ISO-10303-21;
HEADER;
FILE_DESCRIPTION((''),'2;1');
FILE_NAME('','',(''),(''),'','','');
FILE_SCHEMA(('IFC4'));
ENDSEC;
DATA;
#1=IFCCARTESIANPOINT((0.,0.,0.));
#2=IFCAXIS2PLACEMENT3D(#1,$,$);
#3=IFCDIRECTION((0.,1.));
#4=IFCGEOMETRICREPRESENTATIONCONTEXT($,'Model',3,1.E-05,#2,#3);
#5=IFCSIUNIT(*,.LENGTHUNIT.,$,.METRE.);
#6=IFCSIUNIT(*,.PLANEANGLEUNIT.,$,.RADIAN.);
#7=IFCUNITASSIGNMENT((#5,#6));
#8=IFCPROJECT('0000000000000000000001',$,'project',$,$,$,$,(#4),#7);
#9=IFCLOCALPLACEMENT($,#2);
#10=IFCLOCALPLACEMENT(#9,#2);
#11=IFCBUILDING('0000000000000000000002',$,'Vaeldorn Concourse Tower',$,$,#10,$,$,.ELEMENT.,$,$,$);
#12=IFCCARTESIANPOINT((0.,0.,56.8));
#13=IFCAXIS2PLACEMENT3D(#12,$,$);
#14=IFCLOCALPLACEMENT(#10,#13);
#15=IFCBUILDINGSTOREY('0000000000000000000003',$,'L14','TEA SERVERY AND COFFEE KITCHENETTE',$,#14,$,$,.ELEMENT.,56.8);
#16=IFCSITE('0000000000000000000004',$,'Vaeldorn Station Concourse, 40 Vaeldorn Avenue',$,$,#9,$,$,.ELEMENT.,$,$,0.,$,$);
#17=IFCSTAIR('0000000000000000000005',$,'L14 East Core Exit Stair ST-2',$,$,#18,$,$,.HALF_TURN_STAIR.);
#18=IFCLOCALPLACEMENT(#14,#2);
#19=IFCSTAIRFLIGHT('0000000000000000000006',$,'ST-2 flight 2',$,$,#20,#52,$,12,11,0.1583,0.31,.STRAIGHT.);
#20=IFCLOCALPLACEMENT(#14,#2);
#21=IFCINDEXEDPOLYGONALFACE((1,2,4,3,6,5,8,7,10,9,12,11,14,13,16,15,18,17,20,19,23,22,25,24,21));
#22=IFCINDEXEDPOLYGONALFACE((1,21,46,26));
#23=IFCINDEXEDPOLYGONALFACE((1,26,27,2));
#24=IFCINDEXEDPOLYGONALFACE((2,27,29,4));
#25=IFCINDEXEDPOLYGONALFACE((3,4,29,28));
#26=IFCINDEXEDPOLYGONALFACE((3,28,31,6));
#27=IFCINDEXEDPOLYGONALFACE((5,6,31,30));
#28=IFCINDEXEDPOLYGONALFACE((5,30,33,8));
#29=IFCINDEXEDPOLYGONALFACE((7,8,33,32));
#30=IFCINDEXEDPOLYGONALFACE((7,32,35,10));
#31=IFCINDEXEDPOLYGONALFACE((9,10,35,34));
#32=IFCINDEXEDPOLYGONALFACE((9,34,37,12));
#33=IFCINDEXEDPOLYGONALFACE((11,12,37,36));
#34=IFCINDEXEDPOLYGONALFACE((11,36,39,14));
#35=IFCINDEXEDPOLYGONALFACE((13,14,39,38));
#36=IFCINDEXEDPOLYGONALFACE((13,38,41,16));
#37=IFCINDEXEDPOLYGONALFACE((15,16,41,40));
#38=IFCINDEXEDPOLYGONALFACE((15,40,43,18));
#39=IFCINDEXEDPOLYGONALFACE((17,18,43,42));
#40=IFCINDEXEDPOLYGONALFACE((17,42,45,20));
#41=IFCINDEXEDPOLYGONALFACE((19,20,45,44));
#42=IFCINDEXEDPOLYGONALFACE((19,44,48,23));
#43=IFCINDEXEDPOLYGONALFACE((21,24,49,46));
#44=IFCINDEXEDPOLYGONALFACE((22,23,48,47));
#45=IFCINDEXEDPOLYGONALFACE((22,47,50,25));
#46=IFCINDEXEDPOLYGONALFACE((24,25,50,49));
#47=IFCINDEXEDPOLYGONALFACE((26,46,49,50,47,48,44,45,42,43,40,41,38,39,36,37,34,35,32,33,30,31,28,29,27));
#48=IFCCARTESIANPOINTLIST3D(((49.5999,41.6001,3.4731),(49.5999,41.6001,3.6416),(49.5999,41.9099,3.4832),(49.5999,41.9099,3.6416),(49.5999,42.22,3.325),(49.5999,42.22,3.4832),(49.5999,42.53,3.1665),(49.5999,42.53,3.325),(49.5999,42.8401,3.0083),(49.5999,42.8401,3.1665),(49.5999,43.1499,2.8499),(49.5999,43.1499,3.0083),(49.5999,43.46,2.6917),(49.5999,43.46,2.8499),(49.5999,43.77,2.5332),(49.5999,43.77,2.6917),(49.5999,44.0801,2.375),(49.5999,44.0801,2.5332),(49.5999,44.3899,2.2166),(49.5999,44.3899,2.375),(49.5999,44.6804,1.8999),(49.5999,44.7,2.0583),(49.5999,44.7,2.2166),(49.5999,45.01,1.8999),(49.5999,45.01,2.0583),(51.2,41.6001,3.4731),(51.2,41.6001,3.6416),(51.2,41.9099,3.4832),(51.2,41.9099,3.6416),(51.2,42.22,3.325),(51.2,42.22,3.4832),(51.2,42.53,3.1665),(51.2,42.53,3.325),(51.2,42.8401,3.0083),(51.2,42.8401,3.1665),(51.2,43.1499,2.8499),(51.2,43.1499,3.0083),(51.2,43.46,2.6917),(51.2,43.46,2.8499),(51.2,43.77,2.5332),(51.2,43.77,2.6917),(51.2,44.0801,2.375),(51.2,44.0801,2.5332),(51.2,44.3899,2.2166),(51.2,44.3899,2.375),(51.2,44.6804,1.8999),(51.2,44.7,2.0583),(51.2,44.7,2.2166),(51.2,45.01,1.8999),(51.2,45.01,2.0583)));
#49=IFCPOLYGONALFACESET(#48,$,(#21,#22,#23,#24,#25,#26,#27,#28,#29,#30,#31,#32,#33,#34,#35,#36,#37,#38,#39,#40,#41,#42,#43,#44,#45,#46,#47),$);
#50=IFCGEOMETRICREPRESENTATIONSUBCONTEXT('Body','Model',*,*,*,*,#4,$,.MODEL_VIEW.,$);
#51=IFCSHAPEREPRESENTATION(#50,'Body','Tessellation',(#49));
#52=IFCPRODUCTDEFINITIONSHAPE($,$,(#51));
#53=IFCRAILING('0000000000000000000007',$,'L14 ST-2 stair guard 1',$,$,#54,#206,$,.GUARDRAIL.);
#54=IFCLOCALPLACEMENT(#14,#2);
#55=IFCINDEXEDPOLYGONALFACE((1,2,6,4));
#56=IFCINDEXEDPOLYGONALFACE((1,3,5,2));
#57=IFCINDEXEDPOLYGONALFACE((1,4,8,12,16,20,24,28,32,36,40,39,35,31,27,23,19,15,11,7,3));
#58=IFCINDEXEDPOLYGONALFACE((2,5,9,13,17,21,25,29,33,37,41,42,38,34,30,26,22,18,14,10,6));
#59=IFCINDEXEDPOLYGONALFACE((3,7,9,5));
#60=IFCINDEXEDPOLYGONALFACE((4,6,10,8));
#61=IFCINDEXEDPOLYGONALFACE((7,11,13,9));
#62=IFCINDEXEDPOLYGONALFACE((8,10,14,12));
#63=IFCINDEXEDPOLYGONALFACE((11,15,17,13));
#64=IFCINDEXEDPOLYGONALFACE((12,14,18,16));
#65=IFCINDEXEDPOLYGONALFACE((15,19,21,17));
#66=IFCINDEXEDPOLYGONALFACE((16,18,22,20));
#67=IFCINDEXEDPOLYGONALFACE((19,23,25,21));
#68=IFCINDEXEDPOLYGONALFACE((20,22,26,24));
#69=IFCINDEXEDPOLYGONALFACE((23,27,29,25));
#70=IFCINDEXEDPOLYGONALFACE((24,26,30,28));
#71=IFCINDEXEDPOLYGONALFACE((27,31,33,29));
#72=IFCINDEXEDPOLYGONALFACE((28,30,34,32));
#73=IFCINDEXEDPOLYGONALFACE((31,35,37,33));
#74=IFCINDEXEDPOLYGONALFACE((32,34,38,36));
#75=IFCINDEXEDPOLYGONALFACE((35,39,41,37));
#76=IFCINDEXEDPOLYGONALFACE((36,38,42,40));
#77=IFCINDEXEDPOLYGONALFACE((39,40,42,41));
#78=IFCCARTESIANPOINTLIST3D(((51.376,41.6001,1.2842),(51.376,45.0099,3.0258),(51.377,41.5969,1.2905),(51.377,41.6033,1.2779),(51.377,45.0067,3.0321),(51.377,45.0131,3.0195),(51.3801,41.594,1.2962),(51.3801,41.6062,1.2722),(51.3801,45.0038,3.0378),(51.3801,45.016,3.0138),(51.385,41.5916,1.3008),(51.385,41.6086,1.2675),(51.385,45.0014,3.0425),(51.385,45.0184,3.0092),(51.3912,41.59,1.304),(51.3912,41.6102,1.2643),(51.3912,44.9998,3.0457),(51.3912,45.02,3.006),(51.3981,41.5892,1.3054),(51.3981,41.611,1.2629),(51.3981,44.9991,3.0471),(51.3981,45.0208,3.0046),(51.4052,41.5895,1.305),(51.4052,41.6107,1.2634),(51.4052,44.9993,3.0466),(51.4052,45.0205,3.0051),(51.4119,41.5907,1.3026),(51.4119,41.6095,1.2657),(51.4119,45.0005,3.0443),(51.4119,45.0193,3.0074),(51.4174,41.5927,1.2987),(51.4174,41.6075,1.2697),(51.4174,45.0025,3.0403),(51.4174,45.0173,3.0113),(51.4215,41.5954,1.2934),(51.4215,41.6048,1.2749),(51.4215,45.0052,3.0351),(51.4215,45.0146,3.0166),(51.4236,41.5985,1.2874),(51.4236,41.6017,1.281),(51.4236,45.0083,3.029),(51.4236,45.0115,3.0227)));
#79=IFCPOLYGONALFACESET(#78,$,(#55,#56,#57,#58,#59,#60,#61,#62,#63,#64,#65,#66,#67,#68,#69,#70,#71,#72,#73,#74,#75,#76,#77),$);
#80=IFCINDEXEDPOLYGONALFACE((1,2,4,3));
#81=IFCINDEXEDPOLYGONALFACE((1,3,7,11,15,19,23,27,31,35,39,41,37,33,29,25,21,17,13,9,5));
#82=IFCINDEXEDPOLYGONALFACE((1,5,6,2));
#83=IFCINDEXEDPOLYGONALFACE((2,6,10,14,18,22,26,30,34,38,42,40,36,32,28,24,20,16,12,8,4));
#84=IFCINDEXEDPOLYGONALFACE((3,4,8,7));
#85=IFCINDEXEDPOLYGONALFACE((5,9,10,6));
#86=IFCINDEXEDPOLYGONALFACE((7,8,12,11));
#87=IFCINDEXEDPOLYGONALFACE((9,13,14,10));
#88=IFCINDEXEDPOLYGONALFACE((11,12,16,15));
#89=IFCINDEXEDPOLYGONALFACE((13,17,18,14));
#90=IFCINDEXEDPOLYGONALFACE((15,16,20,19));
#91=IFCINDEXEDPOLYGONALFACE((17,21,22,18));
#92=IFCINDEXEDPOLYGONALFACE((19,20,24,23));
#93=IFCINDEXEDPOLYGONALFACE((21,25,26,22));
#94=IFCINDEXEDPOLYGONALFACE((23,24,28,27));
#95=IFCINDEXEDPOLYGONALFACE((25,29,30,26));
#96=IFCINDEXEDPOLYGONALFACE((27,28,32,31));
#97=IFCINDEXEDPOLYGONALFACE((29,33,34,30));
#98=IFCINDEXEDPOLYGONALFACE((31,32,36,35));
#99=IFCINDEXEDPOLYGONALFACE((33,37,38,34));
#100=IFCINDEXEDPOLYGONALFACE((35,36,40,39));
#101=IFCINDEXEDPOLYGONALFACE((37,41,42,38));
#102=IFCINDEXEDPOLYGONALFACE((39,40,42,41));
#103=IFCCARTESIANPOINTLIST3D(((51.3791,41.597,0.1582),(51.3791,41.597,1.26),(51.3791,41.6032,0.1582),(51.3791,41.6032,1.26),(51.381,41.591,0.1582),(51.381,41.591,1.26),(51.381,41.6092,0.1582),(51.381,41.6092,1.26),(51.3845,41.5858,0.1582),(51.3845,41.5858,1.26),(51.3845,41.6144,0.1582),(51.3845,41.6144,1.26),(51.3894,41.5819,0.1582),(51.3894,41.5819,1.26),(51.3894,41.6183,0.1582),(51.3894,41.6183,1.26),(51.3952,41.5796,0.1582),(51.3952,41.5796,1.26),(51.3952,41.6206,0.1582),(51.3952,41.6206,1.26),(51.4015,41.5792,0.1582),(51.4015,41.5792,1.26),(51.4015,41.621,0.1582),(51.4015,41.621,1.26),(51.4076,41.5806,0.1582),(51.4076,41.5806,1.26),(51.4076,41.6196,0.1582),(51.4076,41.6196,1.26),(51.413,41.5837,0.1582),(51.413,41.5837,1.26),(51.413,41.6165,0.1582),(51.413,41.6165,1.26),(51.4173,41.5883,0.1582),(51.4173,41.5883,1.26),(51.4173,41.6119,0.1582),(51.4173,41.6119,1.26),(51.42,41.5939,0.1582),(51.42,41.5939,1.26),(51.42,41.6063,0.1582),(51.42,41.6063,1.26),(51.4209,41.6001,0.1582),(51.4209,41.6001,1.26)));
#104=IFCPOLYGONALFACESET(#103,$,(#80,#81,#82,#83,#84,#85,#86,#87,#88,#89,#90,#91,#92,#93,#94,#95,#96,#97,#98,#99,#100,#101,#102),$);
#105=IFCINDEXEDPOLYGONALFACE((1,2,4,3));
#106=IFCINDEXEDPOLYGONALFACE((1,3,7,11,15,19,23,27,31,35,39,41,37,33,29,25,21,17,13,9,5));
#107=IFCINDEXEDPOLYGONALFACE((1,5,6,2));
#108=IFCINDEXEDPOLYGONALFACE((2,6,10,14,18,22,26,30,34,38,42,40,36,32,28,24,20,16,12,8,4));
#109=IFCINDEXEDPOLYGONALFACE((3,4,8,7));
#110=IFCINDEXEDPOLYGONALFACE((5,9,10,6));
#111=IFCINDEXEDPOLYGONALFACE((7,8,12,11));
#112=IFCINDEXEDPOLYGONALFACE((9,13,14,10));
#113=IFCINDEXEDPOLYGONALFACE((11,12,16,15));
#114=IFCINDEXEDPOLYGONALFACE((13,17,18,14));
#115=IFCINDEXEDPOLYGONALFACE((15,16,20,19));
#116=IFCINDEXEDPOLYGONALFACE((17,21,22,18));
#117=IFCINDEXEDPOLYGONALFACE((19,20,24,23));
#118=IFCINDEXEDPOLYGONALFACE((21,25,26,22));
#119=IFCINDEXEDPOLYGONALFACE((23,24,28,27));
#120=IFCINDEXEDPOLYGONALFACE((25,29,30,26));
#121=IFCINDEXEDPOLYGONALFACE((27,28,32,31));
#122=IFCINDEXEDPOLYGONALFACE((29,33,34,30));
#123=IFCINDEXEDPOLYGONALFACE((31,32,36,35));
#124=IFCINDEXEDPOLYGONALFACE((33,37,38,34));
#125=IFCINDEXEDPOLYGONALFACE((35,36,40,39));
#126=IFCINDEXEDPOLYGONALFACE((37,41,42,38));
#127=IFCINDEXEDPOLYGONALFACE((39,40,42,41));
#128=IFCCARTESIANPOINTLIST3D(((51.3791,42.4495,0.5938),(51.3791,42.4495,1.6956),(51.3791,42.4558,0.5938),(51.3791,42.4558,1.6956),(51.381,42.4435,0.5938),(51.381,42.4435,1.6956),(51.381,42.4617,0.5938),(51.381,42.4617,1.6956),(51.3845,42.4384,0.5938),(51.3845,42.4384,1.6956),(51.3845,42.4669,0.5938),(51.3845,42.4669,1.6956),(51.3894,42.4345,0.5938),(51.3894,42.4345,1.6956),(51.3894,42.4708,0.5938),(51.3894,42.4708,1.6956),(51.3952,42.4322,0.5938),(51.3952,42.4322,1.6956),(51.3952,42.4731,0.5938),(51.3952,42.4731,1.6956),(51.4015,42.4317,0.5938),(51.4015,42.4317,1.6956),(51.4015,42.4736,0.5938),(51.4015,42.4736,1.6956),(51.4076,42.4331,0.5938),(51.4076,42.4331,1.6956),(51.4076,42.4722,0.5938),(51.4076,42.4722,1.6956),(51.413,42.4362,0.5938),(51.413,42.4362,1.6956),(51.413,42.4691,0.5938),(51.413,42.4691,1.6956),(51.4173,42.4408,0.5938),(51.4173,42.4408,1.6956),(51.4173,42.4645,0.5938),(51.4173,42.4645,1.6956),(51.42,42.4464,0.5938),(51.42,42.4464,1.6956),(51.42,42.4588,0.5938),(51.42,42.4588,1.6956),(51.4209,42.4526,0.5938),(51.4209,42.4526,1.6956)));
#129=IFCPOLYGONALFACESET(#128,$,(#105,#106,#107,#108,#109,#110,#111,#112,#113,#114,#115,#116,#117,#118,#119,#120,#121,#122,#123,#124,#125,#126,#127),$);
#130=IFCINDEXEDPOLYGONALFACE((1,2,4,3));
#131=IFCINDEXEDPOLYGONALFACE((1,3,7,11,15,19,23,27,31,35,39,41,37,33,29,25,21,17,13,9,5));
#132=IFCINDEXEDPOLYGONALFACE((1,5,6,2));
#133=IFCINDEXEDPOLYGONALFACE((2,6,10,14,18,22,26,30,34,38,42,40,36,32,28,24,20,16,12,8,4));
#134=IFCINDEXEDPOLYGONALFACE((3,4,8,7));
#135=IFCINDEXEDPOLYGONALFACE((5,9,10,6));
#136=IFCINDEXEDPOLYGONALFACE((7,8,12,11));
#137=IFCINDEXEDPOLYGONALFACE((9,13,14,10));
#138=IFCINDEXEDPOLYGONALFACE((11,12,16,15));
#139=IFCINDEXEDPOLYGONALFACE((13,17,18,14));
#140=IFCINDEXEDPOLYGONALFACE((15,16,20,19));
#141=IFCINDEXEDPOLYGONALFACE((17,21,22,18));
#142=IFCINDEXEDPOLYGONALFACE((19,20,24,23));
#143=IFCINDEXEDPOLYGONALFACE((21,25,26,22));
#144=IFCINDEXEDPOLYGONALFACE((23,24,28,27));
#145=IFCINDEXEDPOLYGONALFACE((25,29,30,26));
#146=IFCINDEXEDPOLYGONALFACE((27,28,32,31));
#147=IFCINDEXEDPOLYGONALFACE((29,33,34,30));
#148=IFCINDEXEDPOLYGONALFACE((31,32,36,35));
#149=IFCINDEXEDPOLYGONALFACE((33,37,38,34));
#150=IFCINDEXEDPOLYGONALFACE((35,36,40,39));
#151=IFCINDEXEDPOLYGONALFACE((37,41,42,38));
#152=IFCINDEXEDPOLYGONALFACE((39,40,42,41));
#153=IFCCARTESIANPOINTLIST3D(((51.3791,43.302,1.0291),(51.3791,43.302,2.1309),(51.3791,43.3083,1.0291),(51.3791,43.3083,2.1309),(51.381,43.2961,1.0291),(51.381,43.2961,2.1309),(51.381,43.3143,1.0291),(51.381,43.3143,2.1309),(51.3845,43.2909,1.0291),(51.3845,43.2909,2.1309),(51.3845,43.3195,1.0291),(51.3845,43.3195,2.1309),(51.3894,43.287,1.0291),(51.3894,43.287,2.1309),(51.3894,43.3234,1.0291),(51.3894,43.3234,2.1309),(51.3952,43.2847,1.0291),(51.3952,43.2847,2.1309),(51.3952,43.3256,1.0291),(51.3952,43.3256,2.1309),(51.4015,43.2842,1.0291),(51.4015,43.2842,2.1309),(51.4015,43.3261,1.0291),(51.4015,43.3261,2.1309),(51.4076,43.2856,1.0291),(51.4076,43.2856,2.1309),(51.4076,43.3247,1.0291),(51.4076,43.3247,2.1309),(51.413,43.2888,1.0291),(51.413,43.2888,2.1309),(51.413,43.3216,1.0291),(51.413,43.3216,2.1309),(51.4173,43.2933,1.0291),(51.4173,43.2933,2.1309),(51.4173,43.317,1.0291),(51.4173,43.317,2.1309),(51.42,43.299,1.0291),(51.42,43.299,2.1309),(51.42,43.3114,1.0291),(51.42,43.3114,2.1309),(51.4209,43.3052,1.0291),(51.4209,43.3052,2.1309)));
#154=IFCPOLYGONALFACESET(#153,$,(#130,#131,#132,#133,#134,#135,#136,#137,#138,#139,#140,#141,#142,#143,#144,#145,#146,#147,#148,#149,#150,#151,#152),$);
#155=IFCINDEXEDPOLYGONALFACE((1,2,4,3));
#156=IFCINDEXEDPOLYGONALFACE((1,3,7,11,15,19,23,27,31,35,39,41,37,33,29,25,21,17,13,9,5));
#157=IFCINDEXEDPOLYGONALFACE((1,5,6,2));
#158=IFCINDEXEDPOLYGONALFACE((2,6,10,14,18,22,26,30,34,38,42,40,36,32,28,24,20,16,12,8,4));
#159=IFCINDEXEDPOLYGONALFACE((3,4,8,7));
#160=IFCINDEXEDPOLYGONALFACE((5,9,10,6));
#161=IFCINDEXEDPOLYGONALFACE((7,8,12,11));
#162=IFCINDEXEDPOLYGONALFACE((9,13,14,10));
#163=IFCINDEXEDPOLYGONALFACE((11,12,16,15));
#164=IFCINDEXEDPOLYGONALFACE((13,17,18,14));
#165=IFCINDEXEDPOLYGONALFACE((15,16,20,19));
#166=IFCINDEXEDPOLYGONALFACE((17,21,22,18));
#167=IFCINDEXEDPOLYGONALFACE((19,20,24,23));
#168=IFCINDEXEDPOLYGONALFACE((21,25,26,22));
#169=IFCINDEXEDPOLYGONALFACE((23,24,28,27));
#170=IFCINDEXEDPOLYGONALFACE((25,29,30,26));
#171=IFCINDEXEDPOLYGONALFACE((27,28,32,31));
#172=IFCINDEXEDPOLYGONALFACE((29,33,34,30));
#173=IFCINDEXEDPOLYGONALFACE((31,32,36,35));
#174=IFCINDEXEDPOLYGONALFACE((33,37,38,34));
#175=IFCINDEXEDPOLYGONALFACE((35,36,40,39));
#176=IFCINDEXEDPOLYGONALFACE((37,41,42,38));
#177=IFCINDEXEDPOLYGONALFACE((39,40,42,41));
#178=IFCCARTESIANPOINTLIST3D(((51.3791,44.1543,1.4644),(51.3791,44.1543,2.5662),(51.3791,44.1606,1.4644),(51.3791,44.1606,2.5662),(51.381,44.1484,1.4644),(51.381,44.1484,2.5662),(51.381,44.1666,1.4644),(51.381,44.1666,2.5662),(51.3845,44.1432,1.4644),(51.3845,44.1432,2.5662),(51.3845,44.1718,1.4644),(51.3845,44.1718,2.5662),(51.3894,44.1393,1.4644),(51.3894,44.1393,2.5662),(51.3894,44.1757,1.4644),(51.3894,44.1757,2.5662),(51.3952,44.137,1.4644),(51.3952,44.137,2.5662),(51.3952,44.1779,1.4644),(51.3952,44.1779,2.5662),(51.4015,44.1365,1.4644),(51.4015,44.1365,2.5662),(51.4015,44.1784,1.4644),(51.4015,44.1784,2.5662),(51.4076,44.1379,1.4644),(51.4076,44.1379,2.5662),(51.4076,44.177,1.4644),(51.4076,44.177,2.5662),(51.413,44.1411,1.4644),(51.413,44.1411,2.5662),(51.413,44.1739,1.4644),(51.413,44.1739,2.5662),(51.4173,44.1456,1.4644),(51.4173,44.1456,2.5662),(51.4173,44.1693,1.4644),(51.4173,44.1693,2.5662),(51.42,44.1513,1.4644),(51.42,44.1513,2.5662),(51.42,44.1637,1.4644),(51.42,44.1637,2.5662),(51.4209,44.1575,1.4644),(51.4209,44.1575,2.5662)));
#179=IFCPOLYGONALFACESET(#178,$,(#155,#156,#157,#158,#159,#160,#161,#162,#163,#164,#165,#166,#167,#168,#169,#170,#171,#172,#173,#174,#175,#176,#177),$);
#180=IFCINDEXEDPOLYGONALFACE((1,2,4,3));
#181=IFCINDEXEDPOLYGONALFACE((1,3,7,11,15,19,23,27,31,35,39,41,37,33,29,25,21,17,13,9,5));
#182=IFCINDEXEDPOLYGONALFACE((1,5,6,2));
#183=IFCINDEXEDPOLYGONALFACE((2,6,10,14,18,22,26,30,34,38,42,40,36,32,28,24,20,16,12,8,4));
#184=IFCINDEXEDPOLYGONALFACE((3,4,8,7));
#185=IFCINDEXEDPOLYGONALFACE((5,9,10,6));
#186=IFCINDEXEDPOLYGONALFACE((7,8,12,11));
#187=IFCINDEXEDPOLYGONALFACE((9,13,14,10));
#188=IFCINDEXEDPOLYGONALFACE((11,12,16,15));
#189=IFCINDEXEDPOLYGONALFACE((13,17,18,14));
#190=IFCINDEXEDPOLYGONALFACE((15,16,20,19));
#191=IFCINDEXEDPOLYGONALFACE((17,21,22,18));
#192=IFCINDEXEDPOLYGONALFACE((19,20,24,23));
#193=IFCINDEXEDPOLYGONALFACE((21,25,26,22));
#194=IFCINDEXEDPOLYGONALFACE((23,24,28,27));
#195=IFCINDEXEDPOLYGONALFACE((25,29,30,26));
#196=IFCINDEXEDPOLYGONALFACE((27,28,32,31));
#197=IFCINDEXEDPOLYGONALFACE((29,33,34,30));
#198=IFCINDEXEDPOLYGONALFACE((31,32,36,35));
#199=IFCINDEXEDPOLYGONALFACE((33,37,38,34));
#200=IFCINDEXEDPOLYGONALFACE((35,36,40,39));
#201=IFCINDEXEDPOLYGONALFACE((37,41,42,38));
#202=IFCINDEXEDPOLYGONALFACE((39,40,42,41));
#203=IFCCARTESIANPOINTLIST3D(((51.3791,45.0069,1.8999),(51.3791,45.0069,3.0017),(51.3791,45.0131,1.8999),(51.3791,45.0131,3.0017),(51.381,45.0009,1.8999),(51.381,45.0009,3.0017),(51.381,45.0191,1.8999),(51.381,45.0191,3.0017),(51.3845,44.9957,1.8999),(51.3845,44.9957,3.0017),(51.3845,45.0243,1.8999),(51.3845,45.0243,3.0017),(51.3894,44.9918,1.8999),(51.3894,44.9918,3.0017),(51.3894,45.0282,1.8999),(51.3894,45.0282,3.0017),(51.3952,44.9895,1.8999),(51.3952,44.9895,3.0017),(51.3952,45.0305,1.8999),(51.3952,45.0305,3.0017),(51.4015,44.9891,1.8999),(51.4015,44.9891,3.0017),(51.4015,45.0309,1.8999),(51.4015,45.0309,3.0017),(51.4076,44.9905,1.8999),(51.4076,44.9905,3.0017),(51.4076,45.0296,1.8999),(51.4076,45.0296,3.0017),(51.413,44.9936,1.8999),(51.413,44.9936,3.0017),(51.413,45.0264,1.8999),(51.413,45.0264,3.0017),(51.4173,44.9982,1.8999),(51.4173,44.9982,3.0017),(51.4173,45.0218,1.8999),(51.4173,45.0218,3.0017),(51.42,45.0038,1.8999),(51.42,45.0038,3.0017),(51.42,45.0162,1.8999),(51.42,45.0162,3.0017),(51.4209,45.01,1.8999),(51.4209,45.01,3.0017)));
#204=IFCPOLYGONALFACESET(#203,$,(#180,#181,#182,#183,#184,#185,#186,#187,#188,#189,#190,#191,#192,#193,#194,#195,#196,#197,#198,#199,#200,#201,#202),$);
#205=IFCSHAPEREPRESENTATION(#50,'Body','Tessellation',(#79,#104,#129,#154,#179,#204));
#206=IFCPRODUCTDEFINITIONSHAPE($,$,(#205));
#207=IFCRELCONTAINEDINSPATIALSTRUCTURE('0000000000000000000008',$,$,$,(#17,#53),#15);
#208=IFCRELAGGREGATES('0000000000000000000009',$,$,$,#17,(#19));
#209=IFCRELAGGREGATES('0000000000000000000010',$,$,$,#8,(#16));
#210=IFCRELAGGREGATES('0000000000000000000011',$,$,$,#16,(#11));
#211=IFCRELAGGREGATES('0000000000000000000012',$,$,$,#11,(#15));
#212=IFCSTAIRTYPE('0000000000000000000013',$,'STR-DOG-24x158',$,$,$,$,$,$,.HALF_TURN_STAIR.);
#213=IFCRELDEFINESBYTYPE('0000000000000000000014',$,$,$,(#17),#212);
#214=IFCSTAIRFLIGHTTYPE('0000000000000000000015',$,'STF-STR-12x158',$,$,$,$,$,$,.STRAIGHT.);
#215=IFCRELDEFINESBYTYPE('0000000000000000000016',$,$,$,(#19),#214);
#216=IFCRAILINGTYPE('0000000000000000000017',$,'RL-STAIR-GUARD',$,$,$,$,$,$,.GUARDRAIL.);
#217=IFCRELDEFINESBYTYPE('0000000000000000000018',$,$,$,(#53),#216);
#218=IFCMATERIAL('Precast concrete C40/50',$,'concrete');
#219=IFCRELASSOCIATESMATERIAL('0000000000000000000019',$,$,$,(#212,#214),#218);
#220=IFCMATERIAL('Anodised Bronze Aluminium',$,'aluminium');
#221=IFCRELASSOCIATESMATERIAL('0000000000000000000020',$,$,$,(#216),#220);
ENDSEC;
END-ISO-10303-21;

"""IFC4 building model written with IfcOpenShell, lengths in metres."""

from ifc_helpers import new_model, si_unit, direction, frame, origin, origin_2d, place, context, subcontext, project, spatial, polyline, circle, outline, extrude, material, type_object, element, aggregate, save


model = new_model("IFC4")

# Units and contexts
model_context = context("Model", 3, precision=1e-05, world=origin(), true_north=direction((0.0, 1.0)))
body_context = subcontext(model_context, "Body", "Model", "MODEL_VIEW")
ifc_project = project(units=[si_unit("LENGTHUNIT", "METRE"), si_unit("PLANEANGLEUNIT", "RADIAN")], contexts=[model_context])

# Site, building, storey
site_placement = place(None, origin())
site = spatial("IfcSite", under=ifc_project, at=site_placement, Name="Vaeldorn Station Concourse, 40 Vaeldorn Avenue", CompositionType="ELEMENT", RefElevation=0.0)
building_placement = place(site_placement, origin())
building = spatial("IfcBuilding", under=site, at=building_placement, Name="Vaeldorn Concourse Tower", CompositionType="ELEMENT")
storey_placement = place(building_placement, frame((0.0, 0.0, 56.8)))
storey = spatial("IfcBuildingStorey", under=building, at=storey_placement, Name="L14", Description="TEA SERVERY AND COFFEE KITCHENETTE", CompositionType="ELEMENT", Elevation=56.8)

# Shared definitions
ifc_material_1 = material(Name="Anodised Bronze Aluminium", Category="aluminium")

# Stair, stair flight
ifc_material_2 = material(Name="Precast concrete C40/50", Category="concrete")
stair_type = type_object("IfcStairType", Name="STR-DOG-24x158", PredefinedType="HALF_TURN_STAIR", material=ifc_material_2)
stair_placement = place(storey_placement, origin())
stair = element("IfcStair", 1, at=stair_placement, inside=storey, type_object=stair_type, Name="L14 East Core Exit Stair ST-2", PredefinedType="HALF_TURN_STAIR")
stair_flight_type = type_object("IfcStairFlightType", Name="STF-STR-12x158", PredefinedType="STRAIGHT", material=ifc_material_2)
stair_flight_1_placement = place(storey_placement, frame((50.3999, 45.01, 1.8999), z_axis=(0.0, 0.0, 1.0), x_axis=(0.0, -1.0, 0.0)))
stair_flight_1 = element("IfcStairFlight", 2, at=stair_flight_1_placement, type_object=stair_flight_type, Name="ST-2 flight 2", NumberOfRisers=12, NumberOfTreads=11, PredefinedType="STRAIGHT", RiserHeight=0.1583, TreadLength=0.31, context=body_context, shape_type="SweptSolid", body=[
    extrude(outline(polyline([(0.0, 0.0), (0.0, 0.1584), (0.3101, 0.1584), (0.3101, 0.3167), (0.6201, 0.3167), (0.6201, 0.4751), (0.9299, 0.4751), (0.9299, 0.6333), (1.24, 0.6333), (1.24, 0.7917), (1.55, 0.7917), (1.55, 0.95), (1.8601, 0.95), (1.8601, 1.1084), (2.1699, 1.1084), (2.1699, 1.2666), (2.48, 1.2666), (2.48, 1.425), (2.79, 1.425), (2.79, 1.5833), (3.1001, 1.5833), (3.1001, 1.7417), (3.4099, 1.7417), (3.4099, 1.8999), (3.4099, 1.5732), (0.3296, 0.0), (0.0, 0.0)])), frame((0.0, 0.8, 0.0), z_axis=(0.0, -1.0, 0.0), x_axis=(1.0, 0.0, 0.0)), (0.0, 0.0, 1.0), 1.6001),
])
aggregate(stair, [stair_flight_1])

# Railing
railing_type_1 = type_object("IfcRailingType", Name="RL-STAIR-GUARD", PredefinedType="GUARDRAIL", material=ifc_material_1)
railing_1_placement = place(storey_placement, frame((51.3999, 41.6001, 0.1582)))
element("IfcRailing", 3, at=railing_1_placement, inside=storey, type_object=railing_type_1, Name="L14 ST-2 stair guard 1", PredefinedType="GUARDRAIL", context=body_context, shape_type="SweptSolid", body=[
    extrude(circle(Radius=0.0239, at=origin_2d()), frame((0.0, 0.0, 1.126), z_axis=(0.0, 0.890556, 0.454874), x_axis=(-1.0, 0.0, 0.0)), (0.0, 0.0, 1.0), 3.8289),
    extrude(circle(Radius=0.021, at=origin_2d()), origin(), (0.0, 0.0, 1.0), 1.1018),
    extrude(circle(Radius=0.021, at=origin_2d()), frame((0.0, 0.8525, 0.4355)), (0.0, 0.0, 1.0), 1.1018),
    extrude(circle(Radius=0.021, at=origin_2d()), frame((0.0, 1.7051, 0.8708)), (0.0, 0.0, 1.0), 1.1018),
    extrude(circle(Radius=0.021, at=origin_2d()), frame((0.0, 2.5574, 1.3062)), (0.0, 0.0, 1.0), 1.1018),
    extrude(circle(Radius=0.021, at=origin_2d()), frame((0.0, 3.4099, 1.7417)), (0.0, 0.0, 1.0), 1.1018),
])

save(model, "model.ifc")
